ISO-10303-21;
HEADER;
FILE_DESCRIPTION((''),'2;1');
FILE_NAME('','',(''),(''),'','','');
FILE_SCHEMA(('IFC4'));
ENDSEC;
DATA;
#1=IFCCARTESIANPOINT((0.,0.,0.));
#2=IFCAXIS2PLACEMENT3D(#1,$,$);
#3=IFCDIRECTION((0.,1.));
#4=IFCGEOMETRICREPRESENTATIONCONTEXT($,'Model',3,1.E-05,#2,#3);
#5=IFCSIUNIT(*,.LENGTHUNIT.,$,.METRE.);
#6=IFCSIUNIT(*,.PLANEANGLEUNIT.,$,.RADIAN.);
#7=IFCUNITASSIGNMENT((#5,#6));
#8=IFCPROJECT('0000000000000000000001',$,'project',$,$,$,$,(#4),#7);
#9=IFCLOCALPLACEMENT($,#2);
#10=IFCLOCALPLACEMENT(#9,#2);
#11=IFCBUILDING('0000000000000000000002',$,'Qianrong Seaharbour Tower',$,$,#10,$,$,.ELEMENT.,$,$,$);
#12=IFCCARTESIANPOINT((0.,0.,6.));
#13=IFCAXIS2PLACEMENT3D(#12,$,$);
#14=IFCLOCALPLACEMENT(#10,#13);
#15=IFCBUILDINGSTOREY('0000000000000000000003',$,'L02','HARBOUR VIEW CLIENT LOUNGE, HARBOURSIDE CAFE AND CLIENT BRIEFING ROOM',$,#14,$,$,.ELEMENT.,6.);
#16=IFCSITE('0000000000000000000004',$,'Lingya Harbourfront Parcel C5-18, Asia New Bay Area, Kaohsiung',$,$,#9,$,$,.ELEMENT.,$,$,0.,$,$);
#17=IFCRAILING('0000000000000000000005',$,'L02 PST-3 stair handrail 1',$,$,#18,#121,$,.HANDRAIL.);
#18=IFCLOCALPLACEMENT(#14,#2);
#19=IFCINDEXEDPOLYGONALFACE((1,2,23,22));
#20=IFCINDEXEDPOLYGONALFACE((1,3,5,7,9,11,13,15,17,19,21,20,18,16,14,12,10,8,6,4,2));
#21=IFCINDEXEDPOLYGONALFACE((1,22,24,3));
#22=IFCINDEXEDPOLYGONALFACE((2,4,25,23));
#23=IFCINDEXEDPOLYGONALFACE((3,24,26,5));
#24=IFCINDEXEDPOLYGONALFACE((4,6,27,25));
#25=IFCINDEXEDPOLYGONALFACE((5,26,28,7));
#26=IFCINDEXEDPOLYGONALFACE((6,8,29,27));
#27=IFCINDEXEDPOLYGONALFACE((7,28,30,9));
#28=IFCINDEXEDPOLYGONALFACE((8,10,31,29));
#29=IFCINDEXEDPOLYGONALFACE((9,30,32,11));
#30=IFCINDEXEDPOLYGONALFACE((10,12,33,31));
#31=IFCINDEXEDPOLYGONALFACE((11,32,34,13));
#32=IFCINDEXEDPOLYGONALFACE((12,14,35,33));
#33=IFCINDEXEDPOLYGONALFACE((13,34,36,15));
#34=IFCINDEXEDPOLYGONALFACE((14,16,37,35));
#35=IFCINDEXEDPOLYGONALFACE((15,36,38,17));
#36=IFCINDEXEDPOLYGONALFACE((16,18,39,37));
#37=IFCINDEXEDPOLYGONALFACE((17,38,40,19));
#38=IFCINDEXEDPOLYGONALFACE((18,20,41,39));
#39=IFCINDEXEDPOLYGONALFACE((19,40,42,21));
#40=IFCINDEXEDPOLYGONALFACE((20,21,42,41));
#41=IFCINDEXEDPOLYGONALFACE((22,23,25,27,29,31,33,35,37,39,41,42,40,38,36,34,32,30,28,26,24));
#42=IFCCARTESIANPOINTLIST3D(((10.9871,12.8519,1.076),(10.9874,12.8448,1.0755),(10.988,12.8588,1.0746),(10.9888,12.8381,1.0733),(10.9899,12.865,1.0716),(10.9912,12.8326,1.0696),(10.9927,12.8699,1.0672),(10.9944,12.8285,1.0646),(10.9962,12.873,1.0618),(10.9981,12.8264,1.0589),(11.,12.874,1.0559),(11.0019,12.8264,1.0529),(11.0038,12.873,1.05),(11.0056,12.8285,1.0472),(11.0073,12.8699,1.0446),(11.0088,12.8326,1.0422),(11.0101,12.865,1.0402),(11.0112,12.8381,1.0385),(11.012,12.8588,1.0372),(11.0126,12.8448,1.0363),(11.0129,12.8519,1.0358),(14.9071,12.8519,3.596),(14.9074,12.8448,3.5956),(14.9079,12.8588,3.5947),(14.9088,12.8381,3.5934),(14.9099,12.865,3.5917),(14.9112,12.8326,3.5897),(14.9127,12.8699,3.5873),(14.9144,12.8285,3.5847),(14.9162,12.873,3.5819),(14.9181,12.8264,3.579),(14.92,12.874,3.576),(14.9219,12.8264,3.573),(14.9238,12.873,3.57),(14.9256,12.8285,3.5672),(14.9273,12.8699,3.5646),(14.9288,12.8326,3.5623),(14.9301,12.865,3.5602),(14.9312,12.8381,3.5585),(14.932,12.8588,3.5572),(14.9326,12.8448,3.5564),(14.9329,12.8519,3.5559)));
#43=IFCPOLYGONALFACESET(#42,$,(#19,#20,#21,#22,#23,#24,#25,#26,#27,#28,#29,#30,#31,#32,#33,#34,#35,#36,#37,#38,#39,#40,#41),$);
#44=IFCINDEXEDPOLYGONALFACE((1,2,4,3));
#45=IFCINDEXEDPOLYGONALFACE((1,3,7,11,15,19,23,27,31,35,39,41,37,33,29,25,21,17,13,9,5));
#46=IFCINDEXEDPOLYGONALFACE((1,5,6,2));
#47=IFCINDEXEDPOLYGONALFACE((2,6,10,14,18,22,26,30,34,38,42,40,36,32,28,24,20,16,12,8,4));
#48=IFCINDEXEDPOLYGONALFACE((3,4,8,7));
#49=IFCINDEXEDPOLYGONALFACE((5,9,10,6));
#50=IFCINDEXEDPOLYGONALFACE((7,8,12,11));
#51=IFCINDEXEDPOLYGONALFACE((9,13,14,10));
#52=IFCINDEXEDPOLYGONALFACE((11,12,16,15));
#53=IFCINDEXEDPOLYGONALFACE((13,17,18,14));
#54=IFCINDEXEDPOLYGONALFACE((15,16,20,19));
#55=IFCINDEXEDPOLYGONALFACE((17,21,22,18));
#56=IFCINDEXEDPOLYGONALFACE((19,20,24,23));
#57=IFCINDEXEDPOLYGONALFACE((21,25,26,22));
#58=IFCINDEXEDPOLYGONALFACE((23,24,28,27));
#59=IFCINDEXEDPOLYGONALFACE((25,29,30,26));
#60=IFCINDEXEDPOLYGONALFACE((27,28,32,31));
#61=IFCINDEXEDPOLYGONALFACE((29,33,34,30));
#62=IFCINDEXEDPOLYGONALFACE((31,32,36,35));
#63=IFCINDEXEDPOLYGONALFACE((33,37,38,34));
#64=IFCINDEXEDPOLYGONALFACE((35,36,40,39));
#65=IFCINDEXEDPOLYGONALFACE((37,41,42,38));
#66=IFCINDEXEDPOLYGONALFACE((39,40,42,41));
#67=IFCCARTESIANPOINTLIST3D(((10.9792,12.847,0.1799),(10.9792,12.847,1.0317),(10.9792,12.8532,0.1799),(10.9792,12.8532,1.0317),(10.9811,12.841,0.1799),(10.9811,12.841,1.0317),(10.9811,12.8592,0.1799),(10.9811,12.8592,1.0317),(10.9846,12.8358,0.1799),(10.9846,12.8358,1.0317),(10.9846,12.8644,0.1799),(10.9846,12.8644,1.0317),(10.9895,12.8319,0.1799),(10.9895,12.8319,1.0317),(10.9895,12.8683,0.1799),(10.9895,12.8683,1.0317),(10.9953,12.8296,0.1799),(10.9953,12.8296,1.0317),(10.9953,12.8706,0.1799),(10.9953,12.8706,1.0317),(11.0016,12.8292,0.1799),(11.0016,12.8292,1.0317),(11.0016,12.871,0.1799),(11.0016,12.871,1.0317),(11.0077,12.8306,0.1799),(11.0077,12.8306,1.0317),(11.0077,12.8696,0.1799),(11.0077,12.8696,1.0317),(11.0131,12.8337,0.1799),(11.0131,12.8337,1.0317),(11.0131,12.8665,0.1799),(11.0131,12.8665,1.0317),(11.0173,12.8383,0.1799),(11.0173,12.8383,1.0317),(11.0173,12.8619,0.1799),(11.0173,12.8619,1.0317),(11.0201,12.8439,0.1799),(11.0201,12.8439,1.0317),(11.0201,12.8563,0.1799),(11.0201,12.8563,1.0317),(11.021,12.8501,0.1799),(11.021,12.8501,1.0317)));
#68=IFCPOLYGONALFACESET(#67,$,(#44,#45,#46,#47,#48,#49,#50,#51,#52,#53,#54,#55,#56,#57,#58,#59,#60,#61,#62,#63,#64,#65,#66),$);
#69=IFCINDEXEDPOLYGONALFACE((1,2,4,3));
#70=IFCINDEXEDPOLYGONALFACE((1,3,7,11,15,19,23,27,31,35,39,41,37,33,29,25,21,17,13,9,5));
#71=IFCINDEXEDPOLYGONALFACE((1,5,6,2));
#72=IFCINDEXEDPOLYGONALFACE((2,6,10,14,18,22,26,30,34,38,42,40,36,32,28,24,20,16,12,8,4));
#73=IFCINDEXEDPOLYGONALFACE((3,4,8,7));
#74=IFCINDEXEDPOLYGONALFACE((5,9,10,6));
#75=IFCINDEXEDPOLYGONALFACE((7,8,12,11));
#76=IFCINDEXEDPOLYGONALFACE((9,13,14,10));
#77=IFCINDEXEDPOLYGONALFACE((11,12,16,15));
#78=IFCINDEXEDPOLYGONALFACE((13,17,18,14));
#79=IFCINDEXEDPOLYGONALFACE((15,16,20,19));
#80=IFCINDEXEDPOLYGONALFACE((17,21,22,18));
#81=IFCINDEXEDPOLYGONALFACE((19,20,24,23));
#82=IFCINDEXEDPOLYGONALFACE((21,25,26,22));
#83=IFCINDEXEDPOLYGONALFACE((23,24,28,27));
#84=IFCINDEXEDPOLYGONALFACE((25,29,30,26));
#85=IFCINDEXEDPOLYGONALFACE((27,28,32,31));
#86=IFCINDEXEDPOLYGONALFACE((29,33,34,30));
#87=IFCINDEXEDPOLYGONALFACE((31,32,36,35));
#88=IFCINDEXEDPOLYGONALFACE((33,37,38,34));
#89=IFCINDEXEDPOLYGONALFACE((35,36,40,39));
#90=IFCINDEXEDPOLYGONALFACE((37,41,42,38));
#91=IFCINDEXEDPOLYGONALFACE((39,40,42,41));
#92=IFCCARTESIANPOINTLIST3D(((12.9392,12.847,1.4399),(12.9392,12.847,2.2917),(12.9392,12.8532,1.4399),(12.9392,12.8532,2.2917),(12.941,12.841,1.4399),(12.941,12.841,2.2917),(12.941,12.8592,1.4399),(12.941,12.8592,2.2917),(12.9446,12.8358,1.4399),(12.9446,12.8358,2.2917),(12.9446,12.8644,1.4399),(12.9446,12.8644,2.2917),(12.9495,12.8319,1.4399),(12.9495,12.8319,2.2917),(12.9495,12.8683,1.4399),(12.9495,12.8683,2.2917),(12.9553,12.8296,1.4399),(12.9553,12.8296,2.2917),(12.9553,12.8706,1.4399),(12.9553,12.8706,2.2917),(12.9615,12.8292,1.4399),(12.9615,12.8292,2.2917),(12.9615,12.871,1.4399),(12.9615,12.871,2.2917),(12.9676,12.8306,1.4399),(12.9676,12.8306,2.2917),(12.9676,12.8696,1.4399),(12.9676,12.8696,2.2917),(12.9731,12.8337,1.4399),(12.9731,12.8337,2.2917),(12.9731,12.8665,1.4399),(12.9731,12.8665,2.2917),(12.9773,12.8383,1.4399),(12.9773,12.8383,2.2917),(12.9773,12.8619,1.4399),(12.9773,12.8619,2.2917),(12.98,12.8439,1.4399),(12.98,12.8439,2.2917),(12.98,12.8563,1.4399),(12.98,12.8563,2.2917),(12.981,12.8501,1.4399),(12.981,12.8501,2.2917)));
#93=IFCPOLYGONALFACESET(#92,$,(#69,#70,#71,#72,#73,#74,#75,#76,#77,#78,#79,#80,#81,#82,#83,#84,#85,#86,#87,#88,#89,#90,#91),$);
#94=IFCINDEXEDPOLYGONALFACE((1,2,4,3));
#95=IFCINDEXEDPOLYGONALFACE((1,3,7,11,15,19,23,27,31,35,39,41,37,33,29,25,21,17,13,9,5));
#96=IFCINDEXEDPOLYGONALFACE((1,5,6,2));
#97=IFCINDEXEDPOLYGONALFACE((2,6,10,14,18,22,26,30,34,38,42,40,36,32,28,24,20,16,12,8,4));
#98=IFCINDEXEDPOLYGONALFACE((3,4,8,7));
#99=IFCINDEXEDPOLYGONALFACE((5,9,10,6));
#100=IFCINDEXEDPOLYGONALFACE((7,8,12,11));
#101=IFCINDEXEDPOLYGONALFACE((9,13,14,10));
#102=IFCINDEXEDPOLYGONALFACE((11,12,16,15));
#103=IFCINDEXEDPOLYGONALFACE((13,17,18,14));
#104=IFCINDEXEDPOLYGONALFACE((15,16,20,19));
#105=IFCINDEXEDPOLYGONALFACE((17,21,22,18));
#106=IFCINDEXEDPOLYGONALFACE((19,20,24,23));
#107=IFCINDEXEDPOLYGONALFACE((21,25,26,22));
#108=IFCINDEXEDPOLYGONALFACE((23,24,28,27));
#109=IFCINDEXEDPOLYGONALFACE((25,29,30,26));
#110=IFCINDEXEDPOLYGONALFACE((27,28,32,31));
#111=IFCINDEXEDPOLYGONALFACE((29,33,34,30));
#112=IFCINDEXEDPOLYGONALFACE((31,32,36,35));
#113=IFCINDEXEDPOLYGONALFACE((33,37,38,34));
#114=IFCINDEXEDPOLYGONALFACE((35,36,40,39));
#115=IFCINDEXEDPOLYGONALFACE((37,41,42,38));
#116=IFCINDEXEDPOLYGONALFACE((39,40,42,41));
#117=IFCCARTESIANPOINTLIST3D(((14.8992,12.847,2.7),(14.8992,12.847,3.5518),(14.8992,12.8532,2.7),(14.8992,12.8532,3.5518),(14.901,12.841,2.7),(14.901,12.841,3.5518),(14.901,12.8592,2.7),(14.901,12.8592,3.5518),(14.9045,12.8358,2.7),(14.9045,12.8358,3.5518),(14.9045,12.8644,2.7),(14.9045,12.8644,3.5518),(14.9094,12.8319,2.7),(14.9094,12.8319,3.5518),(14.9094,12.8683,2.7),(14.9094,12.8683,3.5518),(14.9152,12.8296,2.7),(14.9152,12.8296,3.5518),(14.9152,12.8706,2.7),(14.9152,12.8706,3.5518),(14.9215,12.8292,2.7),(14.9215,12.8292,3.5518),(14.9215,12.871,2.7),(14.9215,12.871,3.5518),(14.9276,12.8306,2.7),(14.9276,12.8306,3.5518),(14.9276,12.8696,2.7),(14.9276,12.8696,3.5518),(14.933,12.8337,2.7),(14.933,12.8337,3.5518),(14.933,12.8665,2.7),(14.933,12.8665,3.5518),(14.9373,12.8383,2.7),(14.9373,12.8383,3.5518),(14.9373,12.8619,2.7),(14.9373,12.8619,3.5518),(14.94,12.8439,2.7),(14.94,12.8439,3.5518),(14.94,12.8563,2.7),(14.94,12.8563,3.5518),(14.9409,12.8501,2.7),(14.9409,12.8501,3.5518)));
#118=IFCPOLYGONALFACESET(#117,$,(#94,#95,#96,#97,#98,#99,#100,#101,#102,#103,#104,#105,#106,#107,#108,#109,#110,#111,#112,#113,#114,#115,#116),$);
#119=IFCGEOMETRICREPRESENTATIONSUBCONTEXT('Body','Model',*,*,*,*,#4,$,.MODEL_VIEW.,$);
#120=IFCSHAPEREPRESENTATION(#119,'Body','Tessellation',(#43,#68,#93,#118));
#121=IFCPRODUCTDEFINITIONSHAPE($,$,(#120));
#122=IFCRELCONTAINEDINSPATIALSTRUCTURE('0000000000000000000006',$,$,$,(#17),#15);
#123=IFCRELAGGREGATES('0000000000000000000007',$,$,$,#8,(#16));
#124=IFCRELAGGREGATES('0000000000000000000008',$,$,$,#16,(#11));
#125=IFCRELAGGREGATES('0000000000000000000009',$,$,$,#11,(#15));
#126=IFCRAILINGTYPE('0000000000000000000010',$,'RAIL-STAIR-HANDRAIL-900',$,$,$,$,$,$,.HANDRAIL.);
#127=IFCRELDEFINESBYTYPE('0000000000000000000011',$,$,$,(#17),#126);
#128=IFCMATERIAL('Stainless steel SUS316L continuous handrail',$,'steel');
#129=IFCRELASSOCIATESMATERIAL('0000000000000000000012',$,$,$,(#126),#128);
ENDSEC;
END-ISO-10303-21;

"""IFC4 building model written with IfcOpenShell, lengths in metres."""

from ifc_helpers import new_model, si_unit, direction, frame, origin, origin_2d, place, context, subcontext, project, spatial, circle, extrude, material, type_object, element, save


model = new_model("IFC4")

# Units and contexts
model_context = context("Model", 3, precision=1e-05, world=origin(), true_north=direction((0.0, 1.0)))
body_context = subcontext(model_context, "Body", "Model", "MODEL_VIEW")
ifc_project = project(units=[si_unit("LENGTHUNIT", "METRE"), si_unit("PLANEANGLEUNIT", "RADIAN")], contexts=[model_context])

# Site, building, storey
site_placement = place(None, origin())
site = spatial("IfcSite", under=ifc_project, at=site_placement, Name="Lingya Harbourfront Parcel C5-18, Asia New Bay Area, Kaohsiung", CompositionType="ELEMENT", RefElevation=0.0)
building_placement = place(site_placement, origin())
building = spatial("IfcBuilding", under=site, at=building_placement, Name="Qianrong Seaharbour Tower", CompositionType="ELEMENT")
storey_placement = place(building_placement, frame((0.0, 0.0, 6.0)))
storey = spatial("IfcBuildingStorey", under=building, at=storey_placement, Name="L02", Description="HARBOUR VIEW CLIENT LOUNGE, HARBOURSIDE CAFE AND CLIENT BRIEFING ROOM", CompositionType="ELEMENT", Elevation=6.0)

# Railing
ifc_material_1 = material(Name="Stainless steel SUS316L continuous handrail", Category="steel")
railing_type_1 = type_object("IfcRailingType", Name="RAIL-STAIR-HANDRAIL-900", PredefinedType="HANDRAIL", material=ifc_material_1)
railing_1_placement = place(storey_placement, frame((11.0, 12.8501, 0.1799)))
element("IfcRailing", 1, at=railing_1_placement, inside=storey, type_object=railing_type_1, Name="L02 PST-3 stair handrail 1", PredefinedType="HANDRAIL", context=body_context, shape_type="SweptSolid", body=[
    extrude(circle(Radius=0.0239, at=origin_2d()), frame((0.0, 0.0, 0.876), z_axis=(0.841172, 0.0, 0.540768), x_axis=(0.0, 1.0, 0.0)), (0.0, 0.0, 1.0), 4.6602),
    extrude(circle(Radius=0.021, at=origin_2d()), origin(), (0.0, 0.0, 1.0), 0.8518),
    extrude(circle(Radius=0.021, at=origin_2d()), frame((1.96, 0.0, 1.26)), (0.0, 0.0, 1.0), 0.8518),
    extrude(circle(Radius=0.021, at=origin_2d()), frame((3.9199, 0.0, 2.52)), (0.0, 0.0, 1.0), 0.8518),
])

save(model, "model.ifc")
